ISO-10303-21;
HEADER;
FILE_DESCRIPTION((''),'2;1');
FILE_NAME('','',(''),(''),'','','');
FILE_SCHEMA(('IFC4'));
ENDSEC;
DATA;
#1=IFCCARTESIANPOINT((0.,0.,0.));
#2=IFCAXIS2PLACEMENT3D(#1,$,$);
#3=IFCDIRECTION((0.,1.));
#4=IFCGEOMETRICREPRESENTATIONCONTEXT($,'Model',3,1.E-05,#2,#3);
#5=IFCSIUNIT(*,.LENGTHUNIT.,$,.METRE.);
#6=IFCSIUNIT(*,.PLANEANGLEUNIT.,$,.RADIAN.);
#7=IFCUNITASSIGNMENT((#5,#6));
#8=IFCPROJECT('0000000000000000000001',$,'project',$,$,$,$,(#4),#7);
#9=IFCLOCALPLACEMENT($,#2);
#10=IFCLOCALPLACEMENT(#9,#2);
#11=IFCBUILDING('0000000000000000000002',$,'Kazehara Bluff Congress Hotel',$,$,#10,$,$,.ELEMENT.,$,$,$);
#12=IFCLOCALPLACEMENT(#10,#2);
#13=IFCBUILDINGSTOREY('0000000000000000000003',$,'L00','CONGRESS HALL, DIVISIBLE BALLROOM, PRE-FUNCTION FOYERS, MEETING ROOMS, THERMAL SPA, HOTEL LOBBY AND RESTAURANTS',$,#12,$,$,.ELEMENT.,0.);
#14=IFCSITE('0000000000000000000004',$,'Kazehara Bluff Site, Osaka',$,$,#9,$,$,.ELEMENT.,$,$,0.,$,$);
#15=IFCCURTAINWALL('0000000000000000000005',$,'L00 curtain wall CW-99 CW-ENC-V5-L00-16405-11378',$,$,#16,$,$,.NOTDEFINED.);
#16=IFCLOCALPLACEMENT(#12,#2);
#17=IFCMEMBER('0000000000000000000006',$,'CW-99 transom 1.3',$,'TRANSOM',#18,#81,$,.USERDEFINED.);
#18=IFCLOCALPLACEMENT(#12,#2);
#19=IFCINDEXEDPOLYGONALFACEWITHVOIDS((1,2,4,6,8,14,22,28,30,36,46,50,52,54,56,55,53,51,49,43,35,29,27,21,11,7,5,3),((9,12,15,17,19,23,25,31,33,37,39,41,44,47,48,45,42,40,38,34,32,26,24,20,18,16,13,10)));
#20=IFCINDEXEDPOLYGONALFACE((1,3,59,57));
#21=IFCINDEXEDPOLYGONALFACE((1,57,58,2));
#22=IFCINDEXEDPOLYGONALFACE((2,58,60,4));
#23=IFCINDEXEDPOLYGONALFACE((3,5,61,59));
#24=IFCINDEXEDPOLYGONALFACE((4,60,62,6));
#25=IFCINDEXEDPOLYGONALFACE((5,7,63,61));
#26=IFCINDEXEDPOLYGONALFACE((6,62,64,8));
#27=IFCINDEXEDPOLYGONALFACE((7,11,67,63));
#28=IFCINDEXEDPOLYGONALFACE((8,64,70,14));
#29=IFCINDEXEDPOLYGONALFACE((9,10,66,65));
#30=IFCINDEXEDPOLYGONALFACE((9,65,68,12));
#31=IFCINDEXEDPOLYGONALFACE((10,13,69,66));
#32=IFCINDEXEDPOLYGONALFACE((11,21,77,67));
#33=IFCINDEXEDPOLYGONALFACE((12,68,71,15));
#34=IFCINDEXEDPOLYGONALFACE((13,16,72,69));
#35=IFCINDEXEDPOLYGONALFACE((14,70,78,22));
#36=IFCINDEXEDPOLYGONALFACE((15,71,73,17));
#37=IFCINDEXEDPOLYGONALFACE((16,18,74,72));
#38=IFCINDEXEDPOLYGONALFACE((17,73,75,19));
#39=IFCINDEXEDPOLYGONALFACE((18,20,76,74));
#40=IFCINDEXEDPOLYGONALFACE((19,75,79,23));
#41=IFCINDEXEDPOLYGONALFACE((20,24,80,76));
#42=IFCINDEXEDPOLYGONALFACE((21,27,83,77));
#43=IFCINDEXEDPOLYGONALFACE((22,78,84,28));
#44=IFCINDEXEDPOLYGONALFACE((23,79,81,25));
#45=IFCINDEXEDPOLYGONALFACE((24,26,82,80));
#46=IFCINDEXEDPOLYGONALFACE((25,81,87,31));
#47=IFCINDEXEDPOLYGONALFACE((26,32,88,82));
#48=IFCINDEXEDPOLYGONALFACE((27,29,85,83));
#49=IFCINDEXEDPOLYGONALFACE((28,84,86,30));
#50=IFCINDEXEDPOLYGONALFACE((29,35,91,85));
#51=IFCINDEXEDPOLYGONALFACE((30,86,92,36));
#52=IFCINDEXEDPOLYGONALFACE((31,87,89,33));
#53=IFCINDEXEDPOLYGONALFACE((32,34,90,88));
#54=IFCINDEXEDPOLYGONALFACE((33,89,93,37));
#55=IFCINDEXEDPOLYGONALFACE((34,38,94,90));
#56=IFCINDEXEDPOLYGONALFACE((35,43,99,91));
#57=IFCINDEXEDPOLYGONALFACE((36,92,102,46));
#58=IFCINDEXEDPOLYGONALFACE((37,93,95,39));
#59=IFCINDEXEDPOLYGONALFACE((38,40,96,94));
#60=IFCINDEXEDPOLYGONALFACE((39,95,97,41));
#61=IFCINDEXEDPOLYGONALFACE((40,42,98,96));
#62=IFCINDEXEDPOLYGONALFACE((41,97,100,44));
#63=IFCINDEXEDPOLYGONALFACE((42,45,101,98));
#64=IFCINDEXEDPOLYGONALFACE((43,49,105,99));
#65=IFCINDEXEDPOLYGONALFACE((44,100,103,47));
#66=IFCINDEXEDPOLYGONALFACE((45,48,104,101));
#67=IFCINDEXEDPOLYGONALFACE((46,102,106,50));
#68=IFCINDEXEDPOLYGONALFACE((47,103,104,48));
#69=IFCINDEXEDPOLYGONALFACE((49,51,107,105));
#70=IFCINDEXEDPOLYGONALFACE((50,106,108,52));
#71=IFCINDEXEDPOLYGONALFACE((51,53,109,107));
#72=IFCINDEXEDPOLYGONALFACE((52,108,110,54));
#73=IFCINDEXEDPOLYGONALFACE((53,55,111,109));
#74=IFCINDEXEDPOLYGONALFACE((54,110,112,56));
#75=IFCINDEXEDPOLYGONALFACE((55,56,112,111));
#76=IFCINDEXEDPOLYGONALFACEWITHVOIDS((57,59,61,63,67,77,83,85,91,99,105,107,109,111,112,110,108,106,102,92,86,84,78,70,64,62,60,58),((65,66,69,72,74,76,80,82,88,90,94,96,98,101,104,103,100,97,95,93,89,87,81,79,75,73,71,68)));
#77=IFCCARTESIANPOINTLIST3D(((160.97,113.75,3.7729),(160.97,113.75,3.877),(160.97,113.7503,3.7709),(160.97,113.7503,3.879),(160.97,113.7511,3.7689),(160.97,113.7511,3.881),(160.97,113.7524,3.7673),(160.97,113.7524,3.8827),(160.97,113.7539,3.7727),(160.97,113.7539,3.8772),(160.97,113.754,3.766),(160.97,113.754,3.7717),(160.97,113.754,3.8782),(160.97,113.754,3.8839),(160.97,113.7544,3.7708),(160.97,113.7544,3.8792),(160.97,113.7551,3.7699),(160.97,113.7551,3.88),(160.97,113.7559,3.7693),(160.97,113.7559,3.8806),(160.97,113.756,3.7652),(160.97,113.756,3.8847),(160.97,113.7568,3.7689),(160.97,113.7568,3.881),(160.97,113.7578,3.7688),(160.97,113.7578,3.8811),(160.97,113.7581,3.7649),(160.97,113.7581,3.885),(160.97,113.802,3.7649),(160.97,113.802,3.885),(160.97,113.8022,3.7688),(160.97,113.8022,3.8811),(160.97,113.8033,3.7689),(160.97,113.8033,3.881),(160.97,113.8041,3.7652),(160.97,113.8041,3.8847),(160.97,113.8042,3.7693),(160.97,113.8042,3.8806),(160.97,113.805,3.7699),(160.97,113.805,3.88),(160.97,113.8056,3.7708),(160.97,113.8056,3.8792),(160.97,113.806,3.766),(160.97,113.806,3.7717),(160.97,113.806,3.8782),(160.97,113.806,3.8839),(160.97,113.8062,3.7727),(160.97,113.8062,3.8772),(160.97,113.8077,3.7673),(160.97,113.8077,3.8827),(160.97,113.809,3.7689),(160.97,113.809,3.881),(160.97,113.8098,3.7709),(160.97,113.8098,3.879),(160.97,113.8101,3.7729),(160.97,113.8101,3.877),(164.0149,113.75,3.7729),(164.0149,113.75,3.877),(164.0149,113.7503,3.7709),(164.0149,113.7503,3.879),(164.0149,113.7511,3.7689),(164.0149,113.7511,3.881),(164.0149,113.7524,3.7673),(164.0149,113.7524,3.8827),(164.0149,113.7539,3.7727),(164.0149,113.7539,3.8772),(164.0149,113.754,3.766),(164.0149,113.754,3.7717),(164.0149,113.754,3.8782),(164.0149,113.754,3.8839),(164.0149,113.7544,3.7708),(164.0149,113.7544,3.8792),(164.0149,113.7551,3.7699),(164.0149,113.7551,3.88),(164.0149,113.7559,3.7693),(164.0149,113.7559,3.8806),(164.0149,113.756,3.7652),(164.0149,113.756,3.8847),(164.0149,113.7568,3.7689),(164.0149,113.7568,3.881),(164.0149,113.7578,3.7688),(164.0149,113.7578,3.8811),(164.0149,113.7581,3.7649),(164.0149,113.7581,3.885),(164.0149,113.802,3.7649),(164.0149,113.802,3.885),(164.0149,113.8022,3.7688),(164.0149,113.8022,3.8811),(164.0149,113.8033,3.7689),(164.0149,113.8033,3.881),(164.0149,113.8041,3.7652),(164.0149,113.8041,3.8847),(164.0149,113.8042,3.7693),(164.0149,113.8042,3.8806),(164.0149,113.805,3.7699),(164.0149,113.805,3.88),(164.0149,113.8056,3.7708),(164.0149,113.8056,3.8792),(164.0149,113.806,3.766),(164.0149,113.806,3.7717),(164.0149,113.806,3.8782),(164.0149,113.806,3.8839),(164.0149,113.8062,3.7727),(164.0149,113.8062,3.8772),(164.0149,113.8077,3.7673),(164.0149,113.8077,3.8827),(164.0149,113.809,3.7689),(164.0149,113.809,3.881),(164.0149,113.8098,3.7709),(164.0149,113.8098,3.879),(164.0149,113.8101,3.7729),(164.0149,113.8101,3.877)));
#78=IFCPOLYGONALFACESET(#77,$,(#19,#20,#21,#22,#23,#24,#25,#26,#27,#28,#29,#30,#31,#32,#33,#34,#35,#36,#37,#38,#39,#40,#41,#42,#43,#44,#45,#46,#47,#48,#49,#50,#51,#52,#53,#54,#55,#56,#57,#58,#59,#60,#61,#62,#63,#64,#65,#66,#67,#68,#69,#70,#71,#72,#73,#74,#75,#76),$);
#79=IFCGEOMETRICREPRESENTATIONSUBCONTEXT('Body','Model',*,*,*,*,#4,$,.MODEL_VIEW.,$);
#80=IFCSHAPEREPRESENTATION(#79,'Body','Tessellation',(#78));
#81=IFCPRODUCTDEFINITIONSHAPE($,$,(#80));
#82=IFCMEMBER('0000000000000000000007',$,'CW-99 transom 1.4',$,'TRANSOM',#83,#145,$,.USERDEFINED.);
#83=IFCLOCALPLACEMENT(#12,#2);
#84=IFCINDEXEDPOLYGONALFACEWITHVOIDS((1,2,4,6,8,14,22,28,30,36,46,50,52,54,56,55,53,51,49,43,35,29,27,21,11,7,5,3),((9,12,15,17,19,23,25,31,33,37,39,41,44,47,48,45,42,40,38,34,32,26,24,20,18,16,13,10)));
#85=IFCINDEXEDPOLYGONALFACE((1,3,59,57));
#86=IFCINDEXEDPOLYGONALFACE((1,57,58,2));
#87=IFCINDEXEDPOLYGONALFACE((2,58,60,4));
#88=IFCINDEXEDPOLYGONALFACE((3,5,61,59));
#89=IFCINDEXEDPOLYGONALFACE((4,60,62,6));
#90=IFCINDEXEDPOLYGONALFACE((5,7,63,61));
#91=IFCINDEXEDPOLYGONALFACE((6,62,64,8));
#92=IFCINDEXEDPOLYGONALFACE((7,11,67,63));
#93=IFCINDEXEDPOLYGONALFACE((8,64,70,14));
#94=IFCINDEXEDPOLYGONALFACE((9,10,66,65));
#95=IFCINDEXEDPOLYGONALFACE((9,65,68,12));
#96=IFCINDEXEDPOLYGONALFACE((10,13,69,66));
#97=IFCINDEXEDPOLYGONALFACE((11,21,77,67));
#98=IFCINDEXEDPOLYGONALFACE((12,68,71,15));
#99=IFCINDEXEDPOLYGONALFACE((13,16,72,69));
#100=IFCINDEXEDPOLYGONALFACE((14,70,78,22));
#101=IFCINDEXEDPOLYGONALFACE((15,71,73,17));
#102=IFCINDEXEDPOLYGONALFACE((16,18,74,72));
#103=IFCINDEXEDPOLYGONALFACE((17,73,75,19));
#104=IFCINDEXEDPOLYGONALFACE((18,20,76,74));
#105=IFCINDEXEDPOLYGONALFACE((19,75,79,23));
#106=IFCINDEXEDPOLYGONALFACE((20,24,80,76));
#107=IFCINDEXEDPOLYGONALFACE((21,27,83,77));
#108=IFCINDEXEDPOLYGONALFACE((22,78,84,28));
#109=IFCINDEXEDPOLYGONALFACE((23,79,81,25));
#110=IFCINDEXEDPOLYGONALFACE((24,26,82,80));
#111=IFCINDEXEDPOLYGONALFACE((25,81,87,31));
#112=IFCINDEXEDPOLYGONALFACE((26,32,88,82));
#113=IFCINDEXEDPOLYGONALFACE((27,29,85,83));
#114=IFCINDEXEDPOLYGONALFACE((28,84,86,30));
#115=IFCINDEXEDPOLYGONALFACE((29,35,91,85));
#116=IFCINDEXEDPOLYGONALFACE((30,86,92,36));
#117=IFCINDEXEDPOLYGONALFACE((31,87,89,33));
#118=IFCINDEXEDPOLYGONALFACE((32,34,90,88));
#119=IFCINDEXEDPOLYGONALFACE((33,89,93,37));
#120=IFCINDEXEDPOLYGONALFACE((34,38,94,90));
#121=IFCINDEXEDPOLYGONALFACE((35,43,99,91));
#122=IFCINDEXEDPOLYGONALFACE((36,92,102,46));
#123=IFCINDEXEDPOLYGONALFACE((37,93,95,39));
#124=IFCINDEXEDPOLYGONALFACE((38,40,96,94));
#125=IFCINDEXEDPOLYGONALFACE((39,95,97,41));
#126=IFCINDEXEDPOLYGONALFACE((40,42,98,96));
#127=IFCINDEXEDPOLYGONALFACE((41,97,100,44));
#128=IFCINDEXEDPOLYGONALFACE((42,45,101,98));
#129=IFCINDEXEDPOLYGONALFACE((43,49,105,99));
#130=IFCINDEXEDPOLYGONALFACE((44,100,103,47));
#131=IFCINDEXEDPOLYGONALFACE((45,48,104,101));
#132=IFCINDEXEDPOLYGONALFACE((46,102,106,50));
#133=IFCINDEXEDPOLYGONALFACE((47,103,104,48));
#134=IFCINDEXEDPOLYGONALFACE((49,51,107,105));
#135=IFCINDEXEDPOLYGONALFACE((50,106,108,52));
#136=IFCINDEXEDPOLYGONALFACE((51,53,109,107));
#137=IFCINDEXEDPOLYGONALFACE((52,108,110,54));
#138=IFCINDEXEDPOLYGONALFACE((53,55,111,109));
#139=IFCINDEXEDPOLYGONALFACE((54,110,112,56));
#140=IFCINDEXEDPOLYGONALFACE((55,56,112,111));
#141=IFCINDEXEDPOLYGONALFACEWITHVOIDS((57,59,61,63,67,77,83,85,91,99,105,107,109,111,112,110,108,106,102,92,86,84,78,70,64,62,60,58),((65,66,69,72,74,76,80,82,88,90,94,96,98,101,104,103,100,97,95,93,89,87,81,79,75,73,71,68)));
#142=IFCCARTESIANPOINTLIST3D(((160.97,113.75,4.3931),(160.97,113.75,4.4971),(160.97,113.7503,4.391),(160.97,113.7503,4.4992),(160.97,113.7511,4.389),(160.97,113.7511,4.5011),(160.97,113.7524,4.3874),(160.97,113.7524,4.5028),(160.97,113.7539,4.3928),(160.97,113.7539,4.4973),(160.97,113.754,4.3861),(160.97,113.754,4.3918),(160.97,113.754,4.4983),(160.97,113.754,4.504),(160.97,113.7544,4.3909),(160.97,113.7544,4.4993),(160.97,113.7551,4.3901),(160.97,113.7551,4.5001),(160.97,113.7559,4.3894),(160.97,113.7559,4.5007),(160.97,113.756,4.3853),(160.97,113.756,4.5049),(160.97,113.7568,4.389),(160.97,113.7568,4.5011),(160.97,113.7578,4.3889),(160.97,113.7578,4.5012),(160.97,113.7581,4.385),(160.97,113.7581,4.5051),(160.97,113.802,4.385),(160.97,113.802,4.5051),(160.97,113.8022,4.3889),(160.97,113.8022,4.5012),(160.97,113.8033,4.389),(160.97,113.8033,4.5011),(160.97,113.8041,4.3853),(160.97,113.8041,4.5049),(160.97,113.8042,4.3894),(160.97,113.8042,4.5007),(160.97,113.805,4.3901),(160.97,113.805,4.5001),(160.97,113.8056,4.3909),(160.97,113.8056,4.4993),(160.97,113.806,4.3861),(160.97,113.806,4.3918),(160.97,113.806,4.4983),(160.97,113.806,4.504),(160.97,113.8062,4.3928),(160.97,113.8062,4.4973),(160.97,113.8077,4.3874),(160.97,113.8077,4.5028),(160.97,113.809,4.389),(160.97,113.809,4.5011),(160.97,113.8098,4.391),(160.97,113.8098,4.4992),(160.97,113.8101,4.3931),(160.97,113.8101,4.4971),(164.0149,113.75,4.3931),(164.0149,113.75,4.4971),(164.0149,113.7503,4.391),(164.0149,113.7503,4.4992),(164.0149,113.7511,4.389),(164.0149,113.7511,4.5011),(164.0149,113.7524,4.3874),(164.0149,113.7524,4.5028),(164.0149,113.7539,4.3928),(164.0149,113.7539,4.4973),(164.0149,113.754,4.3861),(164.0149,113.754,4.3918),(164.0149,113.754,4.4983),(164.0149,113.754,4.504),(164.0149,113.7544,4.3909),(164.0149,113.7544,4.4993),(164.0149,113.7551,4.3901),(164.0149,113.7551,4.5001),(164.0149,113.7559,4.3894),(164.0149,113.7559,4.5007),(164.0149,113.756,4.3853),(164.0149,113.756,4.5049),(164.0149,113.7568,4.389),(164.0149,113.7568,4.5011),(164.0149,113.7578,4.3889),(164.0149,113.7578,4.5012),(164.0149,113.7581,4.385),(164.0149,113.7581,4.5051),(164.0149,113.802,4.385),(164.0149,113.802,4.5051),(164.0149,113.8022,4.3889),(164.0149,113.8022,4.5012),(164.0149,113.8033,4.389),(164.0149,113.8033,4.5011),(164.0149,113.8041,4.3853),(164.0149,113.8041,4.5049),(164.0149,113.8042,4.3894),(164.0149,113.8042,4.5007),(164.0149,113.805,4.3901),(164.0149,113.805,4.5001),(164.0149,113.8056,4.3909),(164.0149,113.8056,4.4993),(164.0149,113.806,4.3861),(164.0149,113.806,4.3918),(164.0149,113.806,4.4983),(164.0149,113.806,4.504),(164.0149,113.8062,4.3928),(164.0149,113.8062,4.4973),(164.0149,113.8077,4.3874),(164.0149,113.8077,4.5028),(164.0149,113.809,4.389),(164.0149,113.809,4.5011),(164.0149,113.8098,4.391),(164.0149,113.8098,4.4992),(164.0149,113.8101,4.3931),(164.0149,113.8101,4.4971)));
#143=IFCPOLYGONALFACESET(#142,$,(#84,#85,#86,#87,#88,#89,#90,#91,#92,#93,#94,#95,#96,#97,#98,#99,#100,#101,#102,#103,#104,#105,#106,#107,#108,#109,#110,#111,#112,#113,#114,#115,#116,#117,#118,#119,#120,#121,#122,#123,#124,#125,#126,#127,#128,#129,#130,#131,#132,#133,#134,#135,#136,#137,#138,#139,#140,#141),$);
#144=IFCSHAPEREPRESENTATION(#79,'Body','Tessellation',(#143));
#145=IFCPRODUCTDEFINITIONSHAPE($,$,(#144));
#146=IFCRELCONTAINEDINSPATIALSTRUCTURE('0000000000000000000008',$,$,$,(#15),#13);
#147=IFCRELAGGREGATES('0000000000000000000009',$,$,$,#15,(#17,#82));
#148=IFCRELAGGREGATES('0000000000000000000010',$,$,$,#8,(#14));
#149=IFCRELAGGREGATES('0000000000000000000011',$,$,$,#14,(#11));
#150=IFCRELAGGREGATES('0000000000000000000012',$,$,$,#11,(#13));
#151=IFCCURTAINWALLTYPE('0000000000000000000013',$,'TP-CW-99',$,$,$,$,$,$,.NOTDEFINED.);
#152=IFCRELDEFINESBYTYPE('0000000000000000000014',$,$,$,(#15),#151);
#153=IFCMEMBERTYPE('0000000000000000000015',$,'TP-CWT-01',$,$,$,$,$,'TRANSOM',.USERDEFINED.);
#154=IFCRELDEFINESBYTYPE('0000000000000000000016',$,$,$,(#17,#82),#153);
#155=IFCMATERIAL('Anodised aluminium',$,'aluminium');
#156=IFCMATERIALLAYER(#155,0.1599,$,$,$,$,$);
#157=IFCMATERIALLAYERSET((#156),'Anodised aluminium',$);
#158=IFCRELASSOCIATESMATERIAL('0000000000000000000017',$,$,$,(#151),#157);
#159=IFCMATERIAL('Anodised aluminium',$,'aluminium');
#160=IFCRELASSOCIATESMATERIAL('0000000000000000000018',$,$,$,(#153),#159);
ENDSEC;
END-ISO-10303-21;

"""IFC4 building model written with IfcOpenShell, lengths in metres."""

from ifc_helpers import new_model, si_unit, direction, frame, origin, origin_2d, place, context, subcontext, project, spatial, hollow_rectangle, extrude, material, layer, layer_set, material_profile, profile_set, type_object, element, aggregate, save


model = new_model("IFC4")

# Units and contexts
model_context = context("Model", 3, precision=1e-05, world=origin(), true_north=direction((0.0, 1.0)))
body_context = subcontext(model_context, "Body", "Model", "MODEL_VIEW")
ifc_project = project(units=[si_unit("LENGTHUNIT", "METRE"), si_unit("PLANEANGLEUNIT", "RADIAN")], contexts=[model_context])

# Site, building, storey
site_placement = place(None, origin())
site = spatial("IfcSite", under=ifc_project, at=site_placement, Name="Kazehara Bluff Site, Osaka", CompositionType="ELEMENT", RefElevation=0.0)
building_placement = place(site_placement, origin())
building = spatial("IfcBuilding", under=site, at=building_placement, Name="Kazehara Bluff Congress Hotel", CompositionType="ELEMENT")
storey_placement = place(building_placement, origin())
storey = spatial("IfcBuildingStorey", under=building, at=storey_placement, Name="L00", Description="CONGRESS HALL, DIVISIBLE BALLROOM, PRE-FUNCTION FOYERS, MEETING ROOMS, THERMAL SPA, HOTEL LOBBY AND RESTAURANTS", CompositionType="ELEMENT", Elevation=0.0)

# Curtain wall, members
ifc_material_1 = material(Name="Anodised aluminium", Category="aluminium")
ifc_layer_1 = layer(ifc_material_1, 0.1599)
ifc_layer_set_1 = layer_set([ifc_layer_1], Name="Anodised aluminium")
curtain_wall_type_1 = type_object("IfcCurtainWallType", Name="TP-CW-99", PredefinedType="NOTDEFINED", material=ifc_layer_set_1)
curtain_wall_1_placement = place(storey_placement, origin())
curtain_wall_1 = element("IfcCurtainWall", 1, at=curtain_wall_1_placement, inside=storey, type_object=curtain_wall_type_1, Name="L00 curtain wall CW-99 CW-ENC-V5-L00-16405-11378", PredefinedType="NOTDEFINED")
ifc_material_2 = material(Name="Anodised aluminium", Category="aluminium")
ifc_material_profile_1 = material_profile(ifc_material_2, hollow_rectangle(XDim=0.0601, YDim=0.1201, WallThickness=0.0039, InnerFilletRadius=0.0039, OuterFilletRadius=0.0081, at=origin_2d()))
ifc_profile_set_1 = profile_set([ifc_material_profile_1], Name="Anodised aluminium")
member_type_1 = type_object("IfcMemberType", Name="TP-CWT-01", ElementType="TRANSOM", PredefinedType="USERDEFINED", material=ifc_profile_set_1)
member_1_placement = place(storey_placement, frame((160.97, 113.78, 3.825), z_axis=(1.0, 0.0, 0.0), x_axis=(0.0, 1.0, 0.0)))
member_1 = element("IfcMember", 2, at=member_1_placement, type_object=member_type_1, Name="CW-99 transom 1.3", ObjectType="TRANSOM", PredefinedType="USERDEFINED", context=body_context, shape_type="SweptSolid", body=[
    extrude(hollow_rectangle(XDim=0.0601, YDim=0.1201, WallThickness=0.0039, InnerFilletRadius=0.0039, OuterFilletRadius=0.0081, at=origin_2d()), origin(), (0.0, 0.0, 1.0), 3.0449),
])
member_2_placement = place(storey_placement, frame((160.97, 113.78, 4.4451), z_axis=(1.0, 0.0, 0.0), x_axis=(0.0, 1.0, 0.0)))
member_2 = element("IfcMember", 3, at=member_2_placement, type_object=member_type_1, Name="CW-99 transom 1.4", ObjectType="TRANSOM", PredefinedType="USERDEFINED", context=body_context, shape_type="SweptSolid", body=[
    extrude(hollow_rectangle(XDim=0.0601, YDim=0.1201, WallThickness=0.0039, InnerFilletRadius=0.0039, OuterFilletRadius=0.0081, at=origin_2d()), origin(), (0.0, 0.0, 1.0), 3.0449),
])

aggregate(curtain_wall_1, [member_1, member_2])

save(model, "model.ifc")
